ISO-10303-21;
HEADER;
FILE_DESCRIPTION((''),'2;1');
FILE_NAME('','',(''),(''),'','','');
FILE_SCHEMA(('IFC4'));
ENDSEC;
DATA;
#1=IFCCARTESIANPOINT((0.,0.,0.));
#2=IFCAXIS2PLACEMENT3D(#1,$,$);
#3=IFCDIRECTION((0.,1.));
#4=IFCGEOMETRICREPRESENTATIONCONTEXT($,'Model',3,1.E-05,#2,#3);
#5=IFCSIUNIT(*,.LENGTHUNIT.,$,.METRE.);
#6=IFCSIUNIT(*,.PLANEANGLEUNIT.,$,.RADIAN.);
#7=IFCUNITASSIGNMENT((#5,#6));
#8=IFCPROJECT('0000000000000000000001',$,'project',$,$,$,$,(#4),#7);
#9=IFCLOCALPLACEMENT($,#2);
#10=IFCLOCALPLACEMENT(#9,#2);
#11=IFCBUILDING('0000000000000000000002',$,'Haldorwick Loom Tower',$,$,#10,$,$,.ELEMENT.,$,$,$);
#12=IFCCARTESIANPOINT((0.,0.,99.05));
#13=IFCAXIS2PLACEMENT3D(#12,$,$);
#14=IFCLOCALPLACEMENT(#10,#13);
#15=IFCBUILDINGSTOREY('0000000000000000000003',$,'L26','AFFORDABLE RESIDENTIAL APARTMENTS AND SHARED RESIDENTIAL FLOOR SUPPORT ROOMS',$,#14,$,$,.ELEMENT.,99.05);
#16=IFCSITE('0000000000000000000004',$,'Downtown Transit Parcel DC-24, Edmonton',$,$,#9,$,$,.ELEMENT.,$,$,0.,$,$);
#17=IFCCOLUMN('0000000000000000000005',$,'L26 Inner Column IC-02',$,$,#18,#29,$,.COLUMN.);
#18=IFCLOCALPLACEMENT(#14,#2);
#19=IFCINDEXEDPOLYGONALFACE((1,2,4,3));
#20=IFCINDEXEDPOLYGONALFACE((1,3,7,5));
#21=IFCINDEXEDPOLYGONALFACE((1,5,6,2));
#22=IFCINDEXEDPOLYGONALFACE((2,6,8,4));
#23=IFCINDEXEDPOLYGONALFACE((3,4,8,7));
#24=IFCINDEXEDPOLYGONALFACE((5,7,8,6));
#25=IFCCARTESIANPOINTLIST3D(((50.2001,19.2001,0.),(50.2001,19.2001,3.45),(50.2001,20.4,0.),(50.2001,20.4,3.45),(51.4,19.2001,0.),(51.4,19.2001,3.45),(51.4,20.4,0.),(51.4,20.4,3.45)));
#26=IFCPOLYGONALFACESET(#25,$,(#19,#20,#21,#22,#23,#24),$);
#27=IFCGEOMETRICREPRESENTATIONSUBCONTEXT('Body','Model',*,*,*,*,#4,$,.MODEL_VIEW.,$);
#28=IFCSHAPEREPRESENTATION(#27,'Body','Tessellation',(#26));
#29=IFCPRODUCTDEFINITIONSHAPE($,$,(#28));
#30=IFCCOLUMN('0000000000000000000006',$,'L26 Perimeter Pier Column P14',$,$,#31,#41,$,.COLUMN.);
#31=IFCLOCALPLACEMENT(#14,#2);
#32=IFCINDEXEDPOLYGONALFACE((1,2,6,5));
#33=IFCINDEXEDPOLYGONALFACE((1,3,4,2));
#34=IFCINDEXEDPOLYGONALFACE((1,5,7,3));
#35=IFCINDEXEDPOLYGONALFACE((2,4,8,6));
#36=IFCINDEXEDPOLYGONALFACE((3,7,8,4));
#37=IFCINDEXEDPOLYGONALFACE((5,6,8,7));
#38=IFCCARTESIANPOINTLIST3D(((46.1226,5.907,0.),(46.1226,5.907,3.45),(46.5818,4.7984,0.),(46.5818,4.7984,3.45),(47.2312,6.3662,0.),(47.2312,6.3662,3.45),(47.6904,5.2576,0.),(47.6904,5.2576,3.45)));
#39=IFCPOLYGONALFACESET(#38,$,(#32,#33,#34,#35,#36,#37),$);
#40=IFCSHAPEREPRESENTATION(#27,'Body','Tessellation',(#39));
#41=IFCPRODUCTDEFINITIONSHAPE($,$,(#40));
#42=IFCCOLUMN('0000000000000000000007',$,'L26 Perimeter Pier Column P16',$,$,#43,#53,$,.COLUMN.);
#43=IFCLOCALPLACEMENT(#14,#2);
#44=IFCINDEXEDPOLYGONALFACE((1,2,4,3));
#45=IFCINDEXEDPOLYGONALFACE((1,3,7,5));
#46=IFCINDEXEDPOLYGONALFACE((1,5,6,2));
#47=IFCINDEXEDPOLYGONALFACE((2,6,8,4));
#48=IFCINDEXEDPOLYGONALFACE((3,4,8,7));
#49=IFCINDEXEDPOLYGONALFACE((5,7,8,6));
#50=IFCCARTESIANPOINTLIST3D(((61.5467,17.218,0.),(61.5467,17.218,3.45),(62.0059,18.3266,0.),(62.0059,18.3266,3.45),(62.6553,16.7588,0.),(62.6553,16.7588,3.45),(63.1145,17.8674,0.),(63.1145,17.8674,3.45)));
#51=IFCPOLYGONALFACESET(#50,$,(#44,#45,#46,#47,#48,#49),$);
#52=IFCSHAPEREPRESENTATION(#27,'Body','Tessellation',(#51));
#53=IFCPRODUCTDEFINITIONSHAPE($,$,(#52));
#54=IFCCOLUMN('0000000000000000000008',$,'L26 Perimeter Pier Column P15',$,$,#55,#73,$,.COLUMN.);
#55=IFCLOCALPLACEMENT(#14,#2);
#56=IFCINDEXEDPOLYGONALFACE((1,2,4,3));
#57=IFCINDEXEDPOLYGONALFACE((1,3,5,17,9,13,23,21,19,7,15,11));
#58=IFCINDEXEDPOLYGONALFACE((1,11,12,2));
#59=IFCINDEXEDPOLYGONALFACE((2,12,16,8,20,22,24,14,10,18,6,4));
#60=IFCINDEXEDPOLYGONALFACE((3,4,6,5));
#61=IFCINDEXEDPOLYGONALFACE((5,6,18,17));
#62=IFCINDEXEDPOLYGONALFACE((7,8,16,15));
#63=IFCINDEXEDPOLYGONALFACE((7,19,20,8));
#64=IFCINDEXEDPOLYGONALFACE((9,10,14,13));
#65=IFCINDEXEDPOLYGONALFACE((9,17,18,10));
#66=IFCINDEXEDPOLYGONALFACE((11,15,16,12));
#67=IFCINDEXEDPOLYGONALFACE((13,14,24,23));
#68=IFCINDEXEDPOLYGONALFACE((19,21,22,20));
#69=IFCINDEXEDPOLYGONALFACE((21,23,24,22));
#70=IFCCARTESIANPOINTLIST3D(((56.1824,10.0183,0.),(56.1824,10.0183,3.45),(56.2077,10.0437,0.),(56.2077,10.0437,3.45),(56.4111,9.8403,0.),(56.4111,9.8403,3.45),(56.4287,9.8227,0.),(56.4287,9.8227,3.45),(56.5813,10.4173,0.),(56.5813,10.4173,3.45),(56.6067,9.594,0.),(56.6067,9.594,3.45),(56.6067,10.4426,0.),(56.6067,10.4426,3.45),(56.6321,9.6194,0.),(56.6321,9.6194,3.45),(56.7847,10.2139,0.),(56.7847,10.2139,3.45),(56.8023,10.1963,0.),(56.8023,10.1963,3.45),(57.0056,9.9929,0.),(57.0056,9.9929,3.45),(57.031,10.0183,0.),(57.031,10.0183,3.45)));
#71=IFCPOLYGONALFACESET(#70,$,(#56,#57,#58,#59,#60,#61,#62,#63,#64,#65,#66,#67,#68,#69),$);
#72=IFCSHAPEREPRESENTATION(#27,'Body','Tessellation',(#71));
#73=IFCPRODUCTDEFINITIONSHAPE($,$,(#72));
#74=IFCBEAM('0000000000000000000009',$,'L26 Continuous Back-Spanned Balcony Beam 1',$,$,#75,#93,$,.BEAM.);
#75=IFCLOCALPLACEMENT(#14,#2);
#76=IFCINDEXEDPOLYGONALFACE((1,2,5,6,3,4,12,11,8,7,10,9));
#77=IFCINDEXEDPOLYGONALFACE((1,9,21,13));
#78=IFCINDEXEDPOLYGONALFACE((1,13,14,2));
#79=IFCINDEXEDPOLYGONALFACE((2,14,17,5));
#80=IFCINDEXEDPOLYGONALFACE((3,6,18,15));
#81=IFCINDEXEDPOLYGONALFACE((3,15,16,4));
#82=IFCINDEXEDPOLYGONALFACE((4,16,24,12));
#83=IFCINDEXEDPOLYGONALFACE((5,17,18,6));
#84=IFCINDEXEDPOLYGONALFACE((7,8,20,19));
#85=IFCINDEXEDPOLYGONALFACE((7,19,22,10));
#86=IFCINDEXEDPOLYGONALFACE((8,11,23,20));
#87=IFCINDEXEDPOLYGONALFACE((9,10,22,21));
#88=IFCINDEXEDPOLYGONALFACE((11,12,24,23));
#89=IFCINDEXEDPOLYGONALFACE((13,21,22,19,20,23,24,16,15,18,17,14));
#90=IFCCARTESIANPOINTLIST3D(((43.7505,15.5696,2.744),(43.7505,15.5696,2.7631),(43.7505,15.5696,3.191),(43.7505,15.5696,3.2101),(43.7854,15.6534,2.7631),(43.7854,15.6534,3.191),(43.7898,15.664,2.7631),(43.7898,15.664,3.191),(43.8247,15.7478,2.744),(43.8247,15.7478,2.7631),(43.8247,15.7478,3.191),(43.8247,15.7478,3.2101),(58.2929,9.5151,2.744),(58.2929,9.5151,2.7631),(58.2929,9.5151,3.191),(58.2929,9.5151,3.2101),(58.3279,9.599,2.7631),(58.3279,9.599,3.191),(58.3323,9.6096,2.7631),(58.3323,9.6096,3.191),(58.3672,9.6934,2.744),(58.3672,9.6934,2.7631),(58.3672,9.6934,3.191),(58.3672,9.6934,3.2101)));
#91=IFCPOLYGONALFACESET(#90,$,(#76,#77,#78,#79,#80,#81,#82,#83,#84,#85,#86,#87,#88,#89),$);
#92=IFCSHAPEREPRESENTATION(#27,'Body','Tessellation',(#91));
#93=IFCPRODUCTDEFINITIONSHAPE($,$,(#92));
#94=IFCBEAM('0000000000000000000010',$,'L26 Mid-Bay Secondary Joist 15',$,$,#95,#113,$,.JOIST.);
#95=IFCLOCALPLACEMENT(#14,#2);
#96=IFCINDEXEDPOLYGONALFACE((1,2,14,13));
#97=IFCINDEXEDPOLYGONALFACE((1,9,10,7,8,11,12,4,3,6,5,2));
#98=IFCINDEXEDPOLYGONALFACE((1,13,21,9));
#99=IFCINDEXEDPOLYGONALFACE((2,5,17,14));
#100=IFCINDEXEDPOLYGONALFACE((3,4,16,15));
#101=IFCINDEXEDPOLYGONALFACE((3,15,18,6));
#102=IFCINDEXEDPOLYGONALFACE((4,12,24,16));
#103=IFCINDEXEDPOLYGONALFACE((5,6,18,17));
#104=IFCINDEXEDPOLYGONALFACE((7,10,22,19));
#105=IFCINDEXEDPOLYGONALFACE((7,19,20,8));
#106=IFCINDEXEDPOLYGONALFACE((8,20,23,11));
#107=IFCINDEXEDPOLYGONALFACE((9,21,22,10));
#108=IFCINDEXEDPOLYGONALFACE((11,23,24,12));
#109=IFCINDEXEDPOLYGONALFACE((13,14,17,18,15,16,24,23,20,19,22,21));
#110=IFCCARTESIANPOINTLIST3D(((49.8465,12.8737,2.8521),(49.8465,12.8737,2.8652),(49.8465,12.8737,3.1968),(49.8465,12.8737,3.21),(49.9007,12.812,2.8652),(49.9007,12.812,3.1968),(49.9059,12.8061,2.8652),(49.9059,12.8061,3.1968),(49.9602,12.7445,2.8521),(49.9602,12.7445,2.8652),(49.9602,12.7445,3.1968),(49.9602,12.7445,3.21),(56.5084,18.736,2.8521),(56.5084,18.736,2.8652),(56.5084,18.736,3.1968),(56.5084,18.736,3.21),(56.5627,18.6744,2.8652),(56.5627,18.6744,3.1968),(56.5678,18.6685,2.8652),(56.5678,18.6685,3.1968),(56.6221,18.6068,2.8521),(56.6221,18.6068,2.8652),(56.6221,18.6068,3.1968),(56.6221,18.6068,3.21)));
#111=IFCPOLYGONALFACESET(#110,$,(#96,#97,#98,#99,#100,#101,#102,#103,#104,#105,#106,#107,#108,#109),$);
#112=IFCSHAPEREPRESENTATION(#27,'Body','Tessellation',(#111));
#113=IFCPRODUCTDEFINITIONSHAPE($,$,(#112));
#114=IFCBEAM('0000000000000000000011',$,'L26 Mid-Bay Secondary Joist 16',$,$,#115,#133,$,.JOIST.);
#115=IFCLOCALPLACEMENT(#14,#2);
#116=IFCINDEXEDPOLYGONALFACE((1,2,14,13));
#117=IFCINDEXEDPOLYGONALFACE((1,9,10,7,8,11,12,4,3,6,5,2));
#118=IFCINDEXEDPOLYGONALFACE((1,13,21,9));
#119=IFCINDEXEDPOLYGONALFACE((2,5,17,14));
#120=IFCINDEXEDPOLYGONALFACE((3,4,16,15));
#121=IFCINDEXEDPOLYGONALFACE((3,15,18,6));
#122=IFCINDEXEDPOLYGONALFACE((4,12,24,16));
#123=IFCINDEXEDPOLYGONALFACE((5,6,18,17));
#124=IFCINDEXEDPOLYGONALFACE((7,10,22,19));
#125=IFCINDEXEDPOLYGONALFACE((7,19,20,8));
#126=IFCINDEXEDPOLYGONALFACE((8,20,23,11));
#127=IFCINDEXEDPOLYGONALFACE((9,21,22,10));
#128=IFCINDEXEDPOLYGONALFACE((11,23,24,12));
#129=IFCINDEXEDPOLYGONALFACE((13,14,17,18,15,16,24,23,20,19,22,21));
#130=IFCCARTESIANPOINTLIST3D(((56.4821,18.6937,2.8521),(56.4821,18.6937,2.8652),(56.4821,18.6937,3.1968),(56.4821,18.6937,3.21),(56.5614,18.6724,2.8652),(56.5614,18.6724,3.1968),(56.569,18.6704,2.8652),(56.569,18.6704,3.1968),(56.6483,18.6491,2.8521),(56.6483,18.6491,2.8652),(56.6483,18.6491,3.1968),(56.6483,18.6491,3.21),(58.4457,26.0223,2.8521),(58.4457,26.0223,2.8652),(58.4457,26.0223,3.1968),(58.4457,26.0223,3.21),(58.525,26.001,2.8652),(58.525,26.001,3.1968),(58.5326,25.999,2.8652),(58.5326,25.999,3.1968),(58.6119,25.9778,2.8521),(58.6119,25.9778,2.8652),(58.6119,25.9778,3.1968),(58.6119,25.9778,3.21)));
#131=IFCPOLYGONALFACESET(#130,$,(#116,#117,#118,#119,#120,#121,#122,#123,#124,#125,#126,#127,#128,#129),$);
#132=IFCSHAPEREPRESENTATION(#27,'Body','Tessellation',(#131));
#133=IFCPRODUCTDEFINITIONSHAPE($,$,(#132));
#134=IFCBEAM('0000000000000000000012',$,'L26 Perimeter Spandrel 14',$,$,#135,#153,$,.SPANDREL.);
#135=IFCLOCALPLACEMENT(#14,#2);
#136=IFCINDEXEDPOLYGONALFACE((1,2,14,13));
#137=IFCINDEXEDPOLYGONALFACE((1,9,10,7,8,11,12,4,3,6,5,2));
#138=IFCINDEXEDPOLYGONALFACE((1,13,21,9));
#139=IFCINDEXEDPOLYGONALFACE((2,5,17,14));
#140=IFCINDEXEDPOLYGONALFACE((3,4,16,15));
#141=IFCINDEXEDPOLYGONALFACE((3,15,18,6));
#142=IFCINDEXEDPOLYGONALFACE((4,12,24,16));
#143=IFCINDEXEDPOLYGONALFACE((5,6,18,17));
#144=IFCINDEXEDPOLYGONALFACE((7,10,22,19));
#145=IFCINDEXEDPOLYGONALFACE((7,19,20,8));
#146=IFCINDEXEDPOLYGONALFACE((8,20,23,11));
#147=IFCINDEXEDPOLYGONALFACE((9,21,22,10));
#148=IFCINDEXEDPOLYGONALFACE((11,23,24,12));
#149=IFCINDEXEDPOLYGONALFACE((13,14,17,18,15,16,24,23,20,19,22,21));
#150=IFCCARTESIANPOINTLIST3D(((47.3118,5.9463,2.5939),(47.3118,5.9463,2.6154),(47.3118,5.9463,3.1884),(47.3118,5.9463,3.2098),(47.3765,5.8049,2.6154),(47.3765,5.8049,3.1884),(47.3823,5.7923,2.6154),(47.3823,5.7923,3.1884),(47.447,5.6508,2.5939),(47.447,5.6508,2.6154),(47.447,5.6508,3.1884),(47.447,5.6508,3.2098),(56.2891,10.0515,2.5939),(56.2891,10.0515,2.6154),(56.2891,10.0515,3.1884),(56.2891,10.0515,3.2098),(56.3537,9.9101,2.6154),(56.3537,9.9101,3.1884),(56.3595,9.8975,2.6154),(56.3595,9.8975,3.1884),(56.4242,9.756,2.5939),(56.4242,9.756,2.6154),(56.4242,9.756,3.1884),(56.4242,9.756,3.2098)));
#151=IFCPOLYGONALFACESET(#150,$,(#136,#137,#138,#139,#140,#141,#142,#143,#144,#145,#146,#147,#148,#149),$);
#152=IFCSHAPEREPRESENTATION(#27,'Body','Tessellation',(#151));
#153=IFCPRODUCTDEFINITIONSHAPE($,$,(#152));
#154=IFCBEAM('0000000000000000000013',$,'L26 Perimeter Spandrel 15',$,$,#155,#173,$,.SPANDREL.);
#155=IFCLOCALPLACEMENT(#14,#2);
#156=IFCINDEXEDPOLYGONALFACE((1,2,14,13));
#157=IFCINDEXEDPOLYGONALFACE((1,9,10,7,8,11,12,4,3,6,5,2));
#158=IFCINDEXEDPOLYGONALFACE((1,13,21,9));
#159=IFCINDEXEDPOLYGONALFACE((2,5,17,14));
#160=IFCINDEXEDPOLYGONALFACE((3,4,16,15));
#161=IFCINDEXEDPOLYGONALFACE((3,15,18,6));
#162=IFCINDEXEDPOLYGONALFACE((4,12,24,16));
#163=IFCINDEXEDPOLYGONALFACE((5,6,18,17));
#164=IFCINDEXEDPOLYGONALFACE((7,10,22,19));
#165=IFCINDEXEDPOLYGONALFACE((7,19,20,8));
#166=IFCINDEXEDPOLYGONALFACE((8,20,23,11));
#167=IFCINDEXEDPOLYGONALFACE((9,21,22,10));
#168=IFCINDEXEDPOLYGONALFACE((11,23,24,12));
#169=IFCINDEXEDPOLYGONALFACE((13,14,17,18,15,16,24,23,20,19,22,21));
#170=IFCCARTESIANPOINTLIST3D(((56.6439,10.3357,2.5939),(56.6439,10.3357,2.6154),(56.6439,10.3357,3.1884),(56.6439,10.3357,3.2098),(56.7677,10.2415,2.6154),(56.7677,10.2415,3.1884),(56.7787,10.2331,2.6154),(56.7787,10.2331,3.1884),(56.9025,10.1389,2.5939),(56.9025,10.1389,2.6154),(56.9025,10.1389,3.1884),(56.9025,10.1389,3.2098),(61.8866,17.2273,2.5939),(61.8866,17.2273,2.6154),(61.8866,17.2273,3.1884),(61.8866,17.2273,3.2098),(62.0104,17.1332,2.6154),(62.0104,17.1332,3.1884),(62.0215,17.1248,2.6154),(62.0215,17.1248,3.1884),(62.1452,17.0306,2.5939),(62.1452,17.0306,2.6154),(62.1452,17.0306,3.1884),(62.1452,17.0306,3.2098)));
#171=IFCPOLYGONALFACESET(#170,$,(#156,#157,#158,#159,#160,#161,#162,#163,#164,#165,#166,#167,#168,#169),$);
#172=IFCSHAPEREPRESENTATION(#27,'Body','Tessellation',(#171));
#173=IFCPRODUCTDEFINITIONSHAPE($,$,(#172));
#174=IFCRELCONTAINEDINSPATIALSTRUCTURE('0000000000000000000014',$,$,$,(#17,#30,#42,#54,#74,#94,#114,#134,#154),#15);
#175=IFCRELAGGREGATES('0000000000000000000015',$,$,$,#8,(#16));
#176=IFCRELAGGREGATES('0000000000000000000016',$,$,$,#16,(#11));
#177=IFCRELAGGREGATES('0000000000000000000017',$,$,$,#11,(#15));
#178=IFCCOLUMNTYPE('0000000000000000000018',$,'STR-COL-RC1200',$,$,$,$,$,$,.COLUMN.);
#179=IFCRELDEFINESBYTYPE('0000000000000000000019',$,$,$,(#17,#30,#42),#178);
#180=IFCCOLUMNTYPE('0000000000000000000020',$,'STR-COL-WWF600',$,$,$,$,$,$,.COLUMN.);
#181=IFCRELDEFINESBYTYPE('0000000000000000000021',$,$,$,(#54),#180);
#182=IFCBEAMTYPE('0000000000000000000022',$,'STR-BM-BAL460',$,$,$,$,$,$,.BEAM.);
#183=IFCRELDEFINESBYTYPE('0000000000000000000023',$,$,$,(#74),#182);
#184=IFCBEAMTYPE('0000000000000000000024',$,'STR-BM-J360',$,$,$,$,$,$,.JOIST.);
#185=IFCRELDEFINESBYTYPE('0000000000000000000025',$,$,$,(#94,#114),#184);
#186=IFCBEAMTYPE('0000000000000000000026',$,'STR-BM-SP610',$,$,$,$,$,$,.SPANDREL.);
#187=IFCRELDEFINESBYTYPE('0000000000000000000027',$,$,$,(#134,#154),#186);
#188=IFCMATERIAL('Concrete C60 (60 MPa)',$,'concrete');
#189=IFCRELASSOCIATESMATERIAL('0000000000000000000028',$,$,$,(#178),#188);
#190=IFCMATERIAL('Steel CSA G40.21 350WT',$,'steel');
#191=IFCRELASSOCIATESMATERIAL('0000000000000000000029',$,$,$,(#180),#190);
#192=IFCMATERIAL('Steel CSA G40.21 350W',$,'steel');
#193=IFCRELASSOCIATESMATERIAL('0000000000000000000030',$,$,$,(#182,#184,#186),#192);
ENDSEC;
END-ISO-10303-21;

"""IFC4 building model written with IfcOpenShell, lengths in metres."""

from ifc_helpers import new_model, si_unit, direction, frame, origin, origin_2d, place, context, subcontext, project, spatial, rectangle, i_section, extrude, material, material_profile, profile_set, type_object, element, save


model = new_model("IFC4")

# Units and contexts
model_context = context("Model", 3, precision=1e-05, world=origin(), true_north=direction((0.0, 1.0)))
body_context = subcontext(model_context, "Body", "Model", "MODEL_VIEW")
ifc_project = project(units=[si_unit("LENGTHUNIT", "METRE"), si_unit("PLANEANGLEUNIT", "RADIAN")], contexts=[model_context])

# Site, building, storey
site_placement = place(None, origin())
site = spatial("IfcSite", under=ifc_project, at=site_placement, Name="Downtown Transit Parcel DC-24, Edmonton", CompositionType="ELEMENT", RefElevation=0.0)
building_placement = place(site_placement, origin())
building = spatial("IfcBuilding", under=site, at=building_placement, Name="Haldorwick Loom Tower", CompositionType="ELEMENT")
storey_placement = place(building_placement, frame((0.0, 0.0, 99.05)))
storey = spatial("IfcBuildingStorey", under=building, at=storey_placement, Name="L26", Description="AFFORDABLE RESIDENTIAL APARTMENTS AND SHARED RESIDENTIAL FLOOR SUPPORT ROOMS", CompositionType="ELEMENT", Elevation=99.05)

# Columns
ifc_material_1 = material(Name="Concrete C60 (60 MPa)", Category="concrete")
ifc_material_profile_1 = material_profile(ifc_material_1, rectangle(XDim=1.2, YDim=1.2, at=origin_2d()), Name="RC1200X1200", Category="concrete")
ifc_profile_set_1 = profile_set([ifc_material_profile_1], Name="Concrete C60 (60 MPa)")
column_type_1 = type_object("IfcColumnType", Name="STR-COL-RC1200", PredefinedType="COLUMN", material=ifc_profile_set_1)
for number, where, z_axis, x_axis, name in (
    (1, (50.8, 19.8, 0.0), (0.0, 0.0, 1.0), (1.0, 0.0, 0.0), "L26 Inner Column IC-02"),
    (2, (46.9065, 5.5823, 0.0), (0.0, 0.0, 1.0), (0.382683, -0.92388, 0.0), "L26 Perimeter Pier Column P14"),
    (3, (62.3306, 17.5427, 0.0), (0.0, 0.0, 1.0), (0.92388, -0.382683, 0.0), "L26 Perimeter Pier Column P16"),
):
    element("IfcColumn", number, at=place(storey_placement, frame(where, z_axis=z_axis, x_axis=x_axis)), inside=storey, type_object=column_type_1, Name=name, PredefinedType="COLUMN", context=body_context, shape_type="SweptSolid", body=[
        extrude(rectangle(XDim=1.2, YDim=1.2, at=origin_2d()), origin(), (0.0, 0.0, 1.0), 3.45),
    ])
ifc_material_2 = material(Name="Steel CSA G40.21 350WT", Category="steel")
ifc_material_profile_2 = material_profile(ifc_material_2, i_section(OverallWidth=0.6001, OverallDepth=0.6001, WebThickness=0.0249, FlangeThickness=0.0359, at=origin_2d()), Name="WWF600X600", Category="steel")
ifc_profile_set_2 = profile_set([ifc_material_profile_2], Name="Steel CSA G40.21 350WT")
column_type_2 = type_object("IfcColumnType", Name="STR-COL-WWF600", PredefinedType="COLUMN", material=ifc_profile_set_2)
column_placement = place(storey_placement, frame((56.6067, 10.0183, 0.0), z_axis=(0.0, 0.0, 1.0), x_axis=(0.707107, -0.707107, 0.0)))
element("IfcColumn", 4, at=column_placement, inside=storey, type_object=column_type_2, Name="L26 Perimeter Pier Column P15", PredefinedType="COLUMN", context=body_context, shape_type="SweptSolid", body=[
    extrude(i_section(OverallWidth=0.6001, OverallDepth=0.6001, WebThickness=0.0249, FlangeThickness=0.0359, at=origin_2d()), origin(), (0.0, 0.0, 1.0), 3.45),
])

# Beams
ifc_material_3 = material(Name="Steel CSA G40.21 350W", Category="steel")
ifc_material_profile_3 = material_profile(ifc_material_3, i_section(OverallWidth=0.1931, OverallDepth=0.4661, WebThickness=0.0115, FlangeThickness=0.019, at=origin_2d()), Name="W460X97", Category="steel")
ifc_profile_set_3 = profile_set([ifc_material_profile_3], Name="Steel CSA G40.21 350W")
beam_type_1 = type_object("IfcBeamType", Name="STR-BM-BAL460", PredefinedType="BEAM", material=ifc_profile_set_3)
beam_1_placement = place(storey_placement, frame((43.7876, 15.6587, 2.9771), z_axis=(0.923188, -0.384349, 0.0), x_axis=(0.384349, 0.923188, 0.0)))
element("IfcBeam", 5, at=beam_1_placement, inside=storey, type_object=beam_type_1, Name="L26 Continuous Back-Spanned Balcony Beam 1", PredefinedType="BEAM", context=body_context, shape_type="SweptSolid", body=[
    extrude(i_section(OverallWidth=0.1931, OverallDepth=0.4661, WebThickness=0.0115, FlangeThickness=0.019, at=origin_2d()), origin(), (0.0, 0.0, 1.0), 15.7524),
])
ifc_material_profile_4 = material_profile(ifc_material_3, i_section(OverallWidth=0.1721, OverallDepth=0.3579, WebThickness=0.0078, FlangeThickness=0.0132, at=origin_2d()), Name="W360X57", Category="steel")
ifc_profile_set_4 = profile_set([ifc_material_profile_4], Name="Steel CSA G40.21 350W")
beam_type_2 = type_object("IfcBeamType", Name="STR-BM-J360", PredefinedType="JOIST", material=ifc_profile_set_4)
beam_2_placement = place(storey_placement, frame((49.9033, 12.8091, 3.031), z_axis=(0.750721, 0.660619, 0.0), x_axis=(-0.660619, 0.750721, 0.0)))
element("IfcBeam", 6, at=beam_2_placement, inside=storey, type_object=beam_type_2, Name="L26 Mid-Bay Secondary Joist 15", PredefinedType="JOIST", context=body_context, shape_type="SweptSolid", body=[
    extrude(i_section(OverallWidth=0.1721, OverallDepth=0.3579, WebThickness=0.0078, FlangeThickness=0.0132, at=origin_2d()), origin(), (0.0, 0.0, 1.0), 8.874),
])
beam_3_placement = place(storey_placement, frame((56.5652, 18.6714, 3.031), z_axis=(0.25881, 0.965928, 0.0), x_axis=(-0.965928, 0.25881, 0.0)))
element("IfcBeam", 7, at=beam_3_placement, inside=storey, type_object=beam_type_2, Name="L26 Mid-Bay Secondary Joist 16", PredefinedType="JOIST", context=body_context, shape_type="SweptSolid", body=[
    extrude(i_section(OverallWidth=0.1721, OverallDepth=0.3579, WebThickness=0.0078, FlangeThickness=0.0132, at=origin_2d()), origin(), (0.0, 0.0, 1.0), 7.5872),
])
ifc_material_profile_5 = material_profile(ifc_material_3, i_section(OverallWidth=0.325, OverallDepth=0.616, WebThickness=0.0139, FlangeThickness=0.0215, at=origin_2d()), Name="W610X174", Category="steel")
ifc_profile_set_5 = profile_set([ifc_material_profile_5], Name="Steel CSA G40.21 350W")
beam_type_3 = type_object("IfcBeamType", Name="STR-BM-SP610", PredefinedType="SPANDREL", material=ifc_profile_set_5)
beam_4_placement = place(storey_placement, frame((47.3794, 5.7986, 2.9019), z_axis=(0.909424, 0.41587, 0.0), x_axis=(-0.41587, 0.909424, 0.0)))
element("IfcBeam", 8, at=beam_4_placement, inside=storey, type_object=beam_type_3, Name="L26 Perimeter Spandrel 14", PredefinedType="SPANDREL", context=body_context, shape_type="SweptSolid", body=[
    extrude(i_section(OverallWidth=0.325, OverallDepth=0.616, WebThickness=0.0139, FlangeThickness=0.0215, at=origin_2d()), origin(), (0.0, 0.0, 1.0), 9.8713),
])
beam_5_placement = place(storey_placement, frame((56.7732, 10.2373, 2.9019), z_axis=(0.605454, 0.795881, 0.0), x_axis=(-0.795881, 0.605454, 0.0)))
element("IfcBeam", 9, at=beam_5_placement, inside=storey, type_object=beam_type_3, Name="L26 Perimeter Spandrel 15", PredefinedType="SPANDREL", context=body_context, shape_type="SweptSolid", body=[
    extrude(i_section(OverallWidth=0.325, OverallDepth=0.616, WebThickness=0.0139, FlangeThickness=0.0215, at=origin_2d()), origin(), (0.0, 0.0, 1.0), 8.6592),
])

save(model, "model.ifc")
